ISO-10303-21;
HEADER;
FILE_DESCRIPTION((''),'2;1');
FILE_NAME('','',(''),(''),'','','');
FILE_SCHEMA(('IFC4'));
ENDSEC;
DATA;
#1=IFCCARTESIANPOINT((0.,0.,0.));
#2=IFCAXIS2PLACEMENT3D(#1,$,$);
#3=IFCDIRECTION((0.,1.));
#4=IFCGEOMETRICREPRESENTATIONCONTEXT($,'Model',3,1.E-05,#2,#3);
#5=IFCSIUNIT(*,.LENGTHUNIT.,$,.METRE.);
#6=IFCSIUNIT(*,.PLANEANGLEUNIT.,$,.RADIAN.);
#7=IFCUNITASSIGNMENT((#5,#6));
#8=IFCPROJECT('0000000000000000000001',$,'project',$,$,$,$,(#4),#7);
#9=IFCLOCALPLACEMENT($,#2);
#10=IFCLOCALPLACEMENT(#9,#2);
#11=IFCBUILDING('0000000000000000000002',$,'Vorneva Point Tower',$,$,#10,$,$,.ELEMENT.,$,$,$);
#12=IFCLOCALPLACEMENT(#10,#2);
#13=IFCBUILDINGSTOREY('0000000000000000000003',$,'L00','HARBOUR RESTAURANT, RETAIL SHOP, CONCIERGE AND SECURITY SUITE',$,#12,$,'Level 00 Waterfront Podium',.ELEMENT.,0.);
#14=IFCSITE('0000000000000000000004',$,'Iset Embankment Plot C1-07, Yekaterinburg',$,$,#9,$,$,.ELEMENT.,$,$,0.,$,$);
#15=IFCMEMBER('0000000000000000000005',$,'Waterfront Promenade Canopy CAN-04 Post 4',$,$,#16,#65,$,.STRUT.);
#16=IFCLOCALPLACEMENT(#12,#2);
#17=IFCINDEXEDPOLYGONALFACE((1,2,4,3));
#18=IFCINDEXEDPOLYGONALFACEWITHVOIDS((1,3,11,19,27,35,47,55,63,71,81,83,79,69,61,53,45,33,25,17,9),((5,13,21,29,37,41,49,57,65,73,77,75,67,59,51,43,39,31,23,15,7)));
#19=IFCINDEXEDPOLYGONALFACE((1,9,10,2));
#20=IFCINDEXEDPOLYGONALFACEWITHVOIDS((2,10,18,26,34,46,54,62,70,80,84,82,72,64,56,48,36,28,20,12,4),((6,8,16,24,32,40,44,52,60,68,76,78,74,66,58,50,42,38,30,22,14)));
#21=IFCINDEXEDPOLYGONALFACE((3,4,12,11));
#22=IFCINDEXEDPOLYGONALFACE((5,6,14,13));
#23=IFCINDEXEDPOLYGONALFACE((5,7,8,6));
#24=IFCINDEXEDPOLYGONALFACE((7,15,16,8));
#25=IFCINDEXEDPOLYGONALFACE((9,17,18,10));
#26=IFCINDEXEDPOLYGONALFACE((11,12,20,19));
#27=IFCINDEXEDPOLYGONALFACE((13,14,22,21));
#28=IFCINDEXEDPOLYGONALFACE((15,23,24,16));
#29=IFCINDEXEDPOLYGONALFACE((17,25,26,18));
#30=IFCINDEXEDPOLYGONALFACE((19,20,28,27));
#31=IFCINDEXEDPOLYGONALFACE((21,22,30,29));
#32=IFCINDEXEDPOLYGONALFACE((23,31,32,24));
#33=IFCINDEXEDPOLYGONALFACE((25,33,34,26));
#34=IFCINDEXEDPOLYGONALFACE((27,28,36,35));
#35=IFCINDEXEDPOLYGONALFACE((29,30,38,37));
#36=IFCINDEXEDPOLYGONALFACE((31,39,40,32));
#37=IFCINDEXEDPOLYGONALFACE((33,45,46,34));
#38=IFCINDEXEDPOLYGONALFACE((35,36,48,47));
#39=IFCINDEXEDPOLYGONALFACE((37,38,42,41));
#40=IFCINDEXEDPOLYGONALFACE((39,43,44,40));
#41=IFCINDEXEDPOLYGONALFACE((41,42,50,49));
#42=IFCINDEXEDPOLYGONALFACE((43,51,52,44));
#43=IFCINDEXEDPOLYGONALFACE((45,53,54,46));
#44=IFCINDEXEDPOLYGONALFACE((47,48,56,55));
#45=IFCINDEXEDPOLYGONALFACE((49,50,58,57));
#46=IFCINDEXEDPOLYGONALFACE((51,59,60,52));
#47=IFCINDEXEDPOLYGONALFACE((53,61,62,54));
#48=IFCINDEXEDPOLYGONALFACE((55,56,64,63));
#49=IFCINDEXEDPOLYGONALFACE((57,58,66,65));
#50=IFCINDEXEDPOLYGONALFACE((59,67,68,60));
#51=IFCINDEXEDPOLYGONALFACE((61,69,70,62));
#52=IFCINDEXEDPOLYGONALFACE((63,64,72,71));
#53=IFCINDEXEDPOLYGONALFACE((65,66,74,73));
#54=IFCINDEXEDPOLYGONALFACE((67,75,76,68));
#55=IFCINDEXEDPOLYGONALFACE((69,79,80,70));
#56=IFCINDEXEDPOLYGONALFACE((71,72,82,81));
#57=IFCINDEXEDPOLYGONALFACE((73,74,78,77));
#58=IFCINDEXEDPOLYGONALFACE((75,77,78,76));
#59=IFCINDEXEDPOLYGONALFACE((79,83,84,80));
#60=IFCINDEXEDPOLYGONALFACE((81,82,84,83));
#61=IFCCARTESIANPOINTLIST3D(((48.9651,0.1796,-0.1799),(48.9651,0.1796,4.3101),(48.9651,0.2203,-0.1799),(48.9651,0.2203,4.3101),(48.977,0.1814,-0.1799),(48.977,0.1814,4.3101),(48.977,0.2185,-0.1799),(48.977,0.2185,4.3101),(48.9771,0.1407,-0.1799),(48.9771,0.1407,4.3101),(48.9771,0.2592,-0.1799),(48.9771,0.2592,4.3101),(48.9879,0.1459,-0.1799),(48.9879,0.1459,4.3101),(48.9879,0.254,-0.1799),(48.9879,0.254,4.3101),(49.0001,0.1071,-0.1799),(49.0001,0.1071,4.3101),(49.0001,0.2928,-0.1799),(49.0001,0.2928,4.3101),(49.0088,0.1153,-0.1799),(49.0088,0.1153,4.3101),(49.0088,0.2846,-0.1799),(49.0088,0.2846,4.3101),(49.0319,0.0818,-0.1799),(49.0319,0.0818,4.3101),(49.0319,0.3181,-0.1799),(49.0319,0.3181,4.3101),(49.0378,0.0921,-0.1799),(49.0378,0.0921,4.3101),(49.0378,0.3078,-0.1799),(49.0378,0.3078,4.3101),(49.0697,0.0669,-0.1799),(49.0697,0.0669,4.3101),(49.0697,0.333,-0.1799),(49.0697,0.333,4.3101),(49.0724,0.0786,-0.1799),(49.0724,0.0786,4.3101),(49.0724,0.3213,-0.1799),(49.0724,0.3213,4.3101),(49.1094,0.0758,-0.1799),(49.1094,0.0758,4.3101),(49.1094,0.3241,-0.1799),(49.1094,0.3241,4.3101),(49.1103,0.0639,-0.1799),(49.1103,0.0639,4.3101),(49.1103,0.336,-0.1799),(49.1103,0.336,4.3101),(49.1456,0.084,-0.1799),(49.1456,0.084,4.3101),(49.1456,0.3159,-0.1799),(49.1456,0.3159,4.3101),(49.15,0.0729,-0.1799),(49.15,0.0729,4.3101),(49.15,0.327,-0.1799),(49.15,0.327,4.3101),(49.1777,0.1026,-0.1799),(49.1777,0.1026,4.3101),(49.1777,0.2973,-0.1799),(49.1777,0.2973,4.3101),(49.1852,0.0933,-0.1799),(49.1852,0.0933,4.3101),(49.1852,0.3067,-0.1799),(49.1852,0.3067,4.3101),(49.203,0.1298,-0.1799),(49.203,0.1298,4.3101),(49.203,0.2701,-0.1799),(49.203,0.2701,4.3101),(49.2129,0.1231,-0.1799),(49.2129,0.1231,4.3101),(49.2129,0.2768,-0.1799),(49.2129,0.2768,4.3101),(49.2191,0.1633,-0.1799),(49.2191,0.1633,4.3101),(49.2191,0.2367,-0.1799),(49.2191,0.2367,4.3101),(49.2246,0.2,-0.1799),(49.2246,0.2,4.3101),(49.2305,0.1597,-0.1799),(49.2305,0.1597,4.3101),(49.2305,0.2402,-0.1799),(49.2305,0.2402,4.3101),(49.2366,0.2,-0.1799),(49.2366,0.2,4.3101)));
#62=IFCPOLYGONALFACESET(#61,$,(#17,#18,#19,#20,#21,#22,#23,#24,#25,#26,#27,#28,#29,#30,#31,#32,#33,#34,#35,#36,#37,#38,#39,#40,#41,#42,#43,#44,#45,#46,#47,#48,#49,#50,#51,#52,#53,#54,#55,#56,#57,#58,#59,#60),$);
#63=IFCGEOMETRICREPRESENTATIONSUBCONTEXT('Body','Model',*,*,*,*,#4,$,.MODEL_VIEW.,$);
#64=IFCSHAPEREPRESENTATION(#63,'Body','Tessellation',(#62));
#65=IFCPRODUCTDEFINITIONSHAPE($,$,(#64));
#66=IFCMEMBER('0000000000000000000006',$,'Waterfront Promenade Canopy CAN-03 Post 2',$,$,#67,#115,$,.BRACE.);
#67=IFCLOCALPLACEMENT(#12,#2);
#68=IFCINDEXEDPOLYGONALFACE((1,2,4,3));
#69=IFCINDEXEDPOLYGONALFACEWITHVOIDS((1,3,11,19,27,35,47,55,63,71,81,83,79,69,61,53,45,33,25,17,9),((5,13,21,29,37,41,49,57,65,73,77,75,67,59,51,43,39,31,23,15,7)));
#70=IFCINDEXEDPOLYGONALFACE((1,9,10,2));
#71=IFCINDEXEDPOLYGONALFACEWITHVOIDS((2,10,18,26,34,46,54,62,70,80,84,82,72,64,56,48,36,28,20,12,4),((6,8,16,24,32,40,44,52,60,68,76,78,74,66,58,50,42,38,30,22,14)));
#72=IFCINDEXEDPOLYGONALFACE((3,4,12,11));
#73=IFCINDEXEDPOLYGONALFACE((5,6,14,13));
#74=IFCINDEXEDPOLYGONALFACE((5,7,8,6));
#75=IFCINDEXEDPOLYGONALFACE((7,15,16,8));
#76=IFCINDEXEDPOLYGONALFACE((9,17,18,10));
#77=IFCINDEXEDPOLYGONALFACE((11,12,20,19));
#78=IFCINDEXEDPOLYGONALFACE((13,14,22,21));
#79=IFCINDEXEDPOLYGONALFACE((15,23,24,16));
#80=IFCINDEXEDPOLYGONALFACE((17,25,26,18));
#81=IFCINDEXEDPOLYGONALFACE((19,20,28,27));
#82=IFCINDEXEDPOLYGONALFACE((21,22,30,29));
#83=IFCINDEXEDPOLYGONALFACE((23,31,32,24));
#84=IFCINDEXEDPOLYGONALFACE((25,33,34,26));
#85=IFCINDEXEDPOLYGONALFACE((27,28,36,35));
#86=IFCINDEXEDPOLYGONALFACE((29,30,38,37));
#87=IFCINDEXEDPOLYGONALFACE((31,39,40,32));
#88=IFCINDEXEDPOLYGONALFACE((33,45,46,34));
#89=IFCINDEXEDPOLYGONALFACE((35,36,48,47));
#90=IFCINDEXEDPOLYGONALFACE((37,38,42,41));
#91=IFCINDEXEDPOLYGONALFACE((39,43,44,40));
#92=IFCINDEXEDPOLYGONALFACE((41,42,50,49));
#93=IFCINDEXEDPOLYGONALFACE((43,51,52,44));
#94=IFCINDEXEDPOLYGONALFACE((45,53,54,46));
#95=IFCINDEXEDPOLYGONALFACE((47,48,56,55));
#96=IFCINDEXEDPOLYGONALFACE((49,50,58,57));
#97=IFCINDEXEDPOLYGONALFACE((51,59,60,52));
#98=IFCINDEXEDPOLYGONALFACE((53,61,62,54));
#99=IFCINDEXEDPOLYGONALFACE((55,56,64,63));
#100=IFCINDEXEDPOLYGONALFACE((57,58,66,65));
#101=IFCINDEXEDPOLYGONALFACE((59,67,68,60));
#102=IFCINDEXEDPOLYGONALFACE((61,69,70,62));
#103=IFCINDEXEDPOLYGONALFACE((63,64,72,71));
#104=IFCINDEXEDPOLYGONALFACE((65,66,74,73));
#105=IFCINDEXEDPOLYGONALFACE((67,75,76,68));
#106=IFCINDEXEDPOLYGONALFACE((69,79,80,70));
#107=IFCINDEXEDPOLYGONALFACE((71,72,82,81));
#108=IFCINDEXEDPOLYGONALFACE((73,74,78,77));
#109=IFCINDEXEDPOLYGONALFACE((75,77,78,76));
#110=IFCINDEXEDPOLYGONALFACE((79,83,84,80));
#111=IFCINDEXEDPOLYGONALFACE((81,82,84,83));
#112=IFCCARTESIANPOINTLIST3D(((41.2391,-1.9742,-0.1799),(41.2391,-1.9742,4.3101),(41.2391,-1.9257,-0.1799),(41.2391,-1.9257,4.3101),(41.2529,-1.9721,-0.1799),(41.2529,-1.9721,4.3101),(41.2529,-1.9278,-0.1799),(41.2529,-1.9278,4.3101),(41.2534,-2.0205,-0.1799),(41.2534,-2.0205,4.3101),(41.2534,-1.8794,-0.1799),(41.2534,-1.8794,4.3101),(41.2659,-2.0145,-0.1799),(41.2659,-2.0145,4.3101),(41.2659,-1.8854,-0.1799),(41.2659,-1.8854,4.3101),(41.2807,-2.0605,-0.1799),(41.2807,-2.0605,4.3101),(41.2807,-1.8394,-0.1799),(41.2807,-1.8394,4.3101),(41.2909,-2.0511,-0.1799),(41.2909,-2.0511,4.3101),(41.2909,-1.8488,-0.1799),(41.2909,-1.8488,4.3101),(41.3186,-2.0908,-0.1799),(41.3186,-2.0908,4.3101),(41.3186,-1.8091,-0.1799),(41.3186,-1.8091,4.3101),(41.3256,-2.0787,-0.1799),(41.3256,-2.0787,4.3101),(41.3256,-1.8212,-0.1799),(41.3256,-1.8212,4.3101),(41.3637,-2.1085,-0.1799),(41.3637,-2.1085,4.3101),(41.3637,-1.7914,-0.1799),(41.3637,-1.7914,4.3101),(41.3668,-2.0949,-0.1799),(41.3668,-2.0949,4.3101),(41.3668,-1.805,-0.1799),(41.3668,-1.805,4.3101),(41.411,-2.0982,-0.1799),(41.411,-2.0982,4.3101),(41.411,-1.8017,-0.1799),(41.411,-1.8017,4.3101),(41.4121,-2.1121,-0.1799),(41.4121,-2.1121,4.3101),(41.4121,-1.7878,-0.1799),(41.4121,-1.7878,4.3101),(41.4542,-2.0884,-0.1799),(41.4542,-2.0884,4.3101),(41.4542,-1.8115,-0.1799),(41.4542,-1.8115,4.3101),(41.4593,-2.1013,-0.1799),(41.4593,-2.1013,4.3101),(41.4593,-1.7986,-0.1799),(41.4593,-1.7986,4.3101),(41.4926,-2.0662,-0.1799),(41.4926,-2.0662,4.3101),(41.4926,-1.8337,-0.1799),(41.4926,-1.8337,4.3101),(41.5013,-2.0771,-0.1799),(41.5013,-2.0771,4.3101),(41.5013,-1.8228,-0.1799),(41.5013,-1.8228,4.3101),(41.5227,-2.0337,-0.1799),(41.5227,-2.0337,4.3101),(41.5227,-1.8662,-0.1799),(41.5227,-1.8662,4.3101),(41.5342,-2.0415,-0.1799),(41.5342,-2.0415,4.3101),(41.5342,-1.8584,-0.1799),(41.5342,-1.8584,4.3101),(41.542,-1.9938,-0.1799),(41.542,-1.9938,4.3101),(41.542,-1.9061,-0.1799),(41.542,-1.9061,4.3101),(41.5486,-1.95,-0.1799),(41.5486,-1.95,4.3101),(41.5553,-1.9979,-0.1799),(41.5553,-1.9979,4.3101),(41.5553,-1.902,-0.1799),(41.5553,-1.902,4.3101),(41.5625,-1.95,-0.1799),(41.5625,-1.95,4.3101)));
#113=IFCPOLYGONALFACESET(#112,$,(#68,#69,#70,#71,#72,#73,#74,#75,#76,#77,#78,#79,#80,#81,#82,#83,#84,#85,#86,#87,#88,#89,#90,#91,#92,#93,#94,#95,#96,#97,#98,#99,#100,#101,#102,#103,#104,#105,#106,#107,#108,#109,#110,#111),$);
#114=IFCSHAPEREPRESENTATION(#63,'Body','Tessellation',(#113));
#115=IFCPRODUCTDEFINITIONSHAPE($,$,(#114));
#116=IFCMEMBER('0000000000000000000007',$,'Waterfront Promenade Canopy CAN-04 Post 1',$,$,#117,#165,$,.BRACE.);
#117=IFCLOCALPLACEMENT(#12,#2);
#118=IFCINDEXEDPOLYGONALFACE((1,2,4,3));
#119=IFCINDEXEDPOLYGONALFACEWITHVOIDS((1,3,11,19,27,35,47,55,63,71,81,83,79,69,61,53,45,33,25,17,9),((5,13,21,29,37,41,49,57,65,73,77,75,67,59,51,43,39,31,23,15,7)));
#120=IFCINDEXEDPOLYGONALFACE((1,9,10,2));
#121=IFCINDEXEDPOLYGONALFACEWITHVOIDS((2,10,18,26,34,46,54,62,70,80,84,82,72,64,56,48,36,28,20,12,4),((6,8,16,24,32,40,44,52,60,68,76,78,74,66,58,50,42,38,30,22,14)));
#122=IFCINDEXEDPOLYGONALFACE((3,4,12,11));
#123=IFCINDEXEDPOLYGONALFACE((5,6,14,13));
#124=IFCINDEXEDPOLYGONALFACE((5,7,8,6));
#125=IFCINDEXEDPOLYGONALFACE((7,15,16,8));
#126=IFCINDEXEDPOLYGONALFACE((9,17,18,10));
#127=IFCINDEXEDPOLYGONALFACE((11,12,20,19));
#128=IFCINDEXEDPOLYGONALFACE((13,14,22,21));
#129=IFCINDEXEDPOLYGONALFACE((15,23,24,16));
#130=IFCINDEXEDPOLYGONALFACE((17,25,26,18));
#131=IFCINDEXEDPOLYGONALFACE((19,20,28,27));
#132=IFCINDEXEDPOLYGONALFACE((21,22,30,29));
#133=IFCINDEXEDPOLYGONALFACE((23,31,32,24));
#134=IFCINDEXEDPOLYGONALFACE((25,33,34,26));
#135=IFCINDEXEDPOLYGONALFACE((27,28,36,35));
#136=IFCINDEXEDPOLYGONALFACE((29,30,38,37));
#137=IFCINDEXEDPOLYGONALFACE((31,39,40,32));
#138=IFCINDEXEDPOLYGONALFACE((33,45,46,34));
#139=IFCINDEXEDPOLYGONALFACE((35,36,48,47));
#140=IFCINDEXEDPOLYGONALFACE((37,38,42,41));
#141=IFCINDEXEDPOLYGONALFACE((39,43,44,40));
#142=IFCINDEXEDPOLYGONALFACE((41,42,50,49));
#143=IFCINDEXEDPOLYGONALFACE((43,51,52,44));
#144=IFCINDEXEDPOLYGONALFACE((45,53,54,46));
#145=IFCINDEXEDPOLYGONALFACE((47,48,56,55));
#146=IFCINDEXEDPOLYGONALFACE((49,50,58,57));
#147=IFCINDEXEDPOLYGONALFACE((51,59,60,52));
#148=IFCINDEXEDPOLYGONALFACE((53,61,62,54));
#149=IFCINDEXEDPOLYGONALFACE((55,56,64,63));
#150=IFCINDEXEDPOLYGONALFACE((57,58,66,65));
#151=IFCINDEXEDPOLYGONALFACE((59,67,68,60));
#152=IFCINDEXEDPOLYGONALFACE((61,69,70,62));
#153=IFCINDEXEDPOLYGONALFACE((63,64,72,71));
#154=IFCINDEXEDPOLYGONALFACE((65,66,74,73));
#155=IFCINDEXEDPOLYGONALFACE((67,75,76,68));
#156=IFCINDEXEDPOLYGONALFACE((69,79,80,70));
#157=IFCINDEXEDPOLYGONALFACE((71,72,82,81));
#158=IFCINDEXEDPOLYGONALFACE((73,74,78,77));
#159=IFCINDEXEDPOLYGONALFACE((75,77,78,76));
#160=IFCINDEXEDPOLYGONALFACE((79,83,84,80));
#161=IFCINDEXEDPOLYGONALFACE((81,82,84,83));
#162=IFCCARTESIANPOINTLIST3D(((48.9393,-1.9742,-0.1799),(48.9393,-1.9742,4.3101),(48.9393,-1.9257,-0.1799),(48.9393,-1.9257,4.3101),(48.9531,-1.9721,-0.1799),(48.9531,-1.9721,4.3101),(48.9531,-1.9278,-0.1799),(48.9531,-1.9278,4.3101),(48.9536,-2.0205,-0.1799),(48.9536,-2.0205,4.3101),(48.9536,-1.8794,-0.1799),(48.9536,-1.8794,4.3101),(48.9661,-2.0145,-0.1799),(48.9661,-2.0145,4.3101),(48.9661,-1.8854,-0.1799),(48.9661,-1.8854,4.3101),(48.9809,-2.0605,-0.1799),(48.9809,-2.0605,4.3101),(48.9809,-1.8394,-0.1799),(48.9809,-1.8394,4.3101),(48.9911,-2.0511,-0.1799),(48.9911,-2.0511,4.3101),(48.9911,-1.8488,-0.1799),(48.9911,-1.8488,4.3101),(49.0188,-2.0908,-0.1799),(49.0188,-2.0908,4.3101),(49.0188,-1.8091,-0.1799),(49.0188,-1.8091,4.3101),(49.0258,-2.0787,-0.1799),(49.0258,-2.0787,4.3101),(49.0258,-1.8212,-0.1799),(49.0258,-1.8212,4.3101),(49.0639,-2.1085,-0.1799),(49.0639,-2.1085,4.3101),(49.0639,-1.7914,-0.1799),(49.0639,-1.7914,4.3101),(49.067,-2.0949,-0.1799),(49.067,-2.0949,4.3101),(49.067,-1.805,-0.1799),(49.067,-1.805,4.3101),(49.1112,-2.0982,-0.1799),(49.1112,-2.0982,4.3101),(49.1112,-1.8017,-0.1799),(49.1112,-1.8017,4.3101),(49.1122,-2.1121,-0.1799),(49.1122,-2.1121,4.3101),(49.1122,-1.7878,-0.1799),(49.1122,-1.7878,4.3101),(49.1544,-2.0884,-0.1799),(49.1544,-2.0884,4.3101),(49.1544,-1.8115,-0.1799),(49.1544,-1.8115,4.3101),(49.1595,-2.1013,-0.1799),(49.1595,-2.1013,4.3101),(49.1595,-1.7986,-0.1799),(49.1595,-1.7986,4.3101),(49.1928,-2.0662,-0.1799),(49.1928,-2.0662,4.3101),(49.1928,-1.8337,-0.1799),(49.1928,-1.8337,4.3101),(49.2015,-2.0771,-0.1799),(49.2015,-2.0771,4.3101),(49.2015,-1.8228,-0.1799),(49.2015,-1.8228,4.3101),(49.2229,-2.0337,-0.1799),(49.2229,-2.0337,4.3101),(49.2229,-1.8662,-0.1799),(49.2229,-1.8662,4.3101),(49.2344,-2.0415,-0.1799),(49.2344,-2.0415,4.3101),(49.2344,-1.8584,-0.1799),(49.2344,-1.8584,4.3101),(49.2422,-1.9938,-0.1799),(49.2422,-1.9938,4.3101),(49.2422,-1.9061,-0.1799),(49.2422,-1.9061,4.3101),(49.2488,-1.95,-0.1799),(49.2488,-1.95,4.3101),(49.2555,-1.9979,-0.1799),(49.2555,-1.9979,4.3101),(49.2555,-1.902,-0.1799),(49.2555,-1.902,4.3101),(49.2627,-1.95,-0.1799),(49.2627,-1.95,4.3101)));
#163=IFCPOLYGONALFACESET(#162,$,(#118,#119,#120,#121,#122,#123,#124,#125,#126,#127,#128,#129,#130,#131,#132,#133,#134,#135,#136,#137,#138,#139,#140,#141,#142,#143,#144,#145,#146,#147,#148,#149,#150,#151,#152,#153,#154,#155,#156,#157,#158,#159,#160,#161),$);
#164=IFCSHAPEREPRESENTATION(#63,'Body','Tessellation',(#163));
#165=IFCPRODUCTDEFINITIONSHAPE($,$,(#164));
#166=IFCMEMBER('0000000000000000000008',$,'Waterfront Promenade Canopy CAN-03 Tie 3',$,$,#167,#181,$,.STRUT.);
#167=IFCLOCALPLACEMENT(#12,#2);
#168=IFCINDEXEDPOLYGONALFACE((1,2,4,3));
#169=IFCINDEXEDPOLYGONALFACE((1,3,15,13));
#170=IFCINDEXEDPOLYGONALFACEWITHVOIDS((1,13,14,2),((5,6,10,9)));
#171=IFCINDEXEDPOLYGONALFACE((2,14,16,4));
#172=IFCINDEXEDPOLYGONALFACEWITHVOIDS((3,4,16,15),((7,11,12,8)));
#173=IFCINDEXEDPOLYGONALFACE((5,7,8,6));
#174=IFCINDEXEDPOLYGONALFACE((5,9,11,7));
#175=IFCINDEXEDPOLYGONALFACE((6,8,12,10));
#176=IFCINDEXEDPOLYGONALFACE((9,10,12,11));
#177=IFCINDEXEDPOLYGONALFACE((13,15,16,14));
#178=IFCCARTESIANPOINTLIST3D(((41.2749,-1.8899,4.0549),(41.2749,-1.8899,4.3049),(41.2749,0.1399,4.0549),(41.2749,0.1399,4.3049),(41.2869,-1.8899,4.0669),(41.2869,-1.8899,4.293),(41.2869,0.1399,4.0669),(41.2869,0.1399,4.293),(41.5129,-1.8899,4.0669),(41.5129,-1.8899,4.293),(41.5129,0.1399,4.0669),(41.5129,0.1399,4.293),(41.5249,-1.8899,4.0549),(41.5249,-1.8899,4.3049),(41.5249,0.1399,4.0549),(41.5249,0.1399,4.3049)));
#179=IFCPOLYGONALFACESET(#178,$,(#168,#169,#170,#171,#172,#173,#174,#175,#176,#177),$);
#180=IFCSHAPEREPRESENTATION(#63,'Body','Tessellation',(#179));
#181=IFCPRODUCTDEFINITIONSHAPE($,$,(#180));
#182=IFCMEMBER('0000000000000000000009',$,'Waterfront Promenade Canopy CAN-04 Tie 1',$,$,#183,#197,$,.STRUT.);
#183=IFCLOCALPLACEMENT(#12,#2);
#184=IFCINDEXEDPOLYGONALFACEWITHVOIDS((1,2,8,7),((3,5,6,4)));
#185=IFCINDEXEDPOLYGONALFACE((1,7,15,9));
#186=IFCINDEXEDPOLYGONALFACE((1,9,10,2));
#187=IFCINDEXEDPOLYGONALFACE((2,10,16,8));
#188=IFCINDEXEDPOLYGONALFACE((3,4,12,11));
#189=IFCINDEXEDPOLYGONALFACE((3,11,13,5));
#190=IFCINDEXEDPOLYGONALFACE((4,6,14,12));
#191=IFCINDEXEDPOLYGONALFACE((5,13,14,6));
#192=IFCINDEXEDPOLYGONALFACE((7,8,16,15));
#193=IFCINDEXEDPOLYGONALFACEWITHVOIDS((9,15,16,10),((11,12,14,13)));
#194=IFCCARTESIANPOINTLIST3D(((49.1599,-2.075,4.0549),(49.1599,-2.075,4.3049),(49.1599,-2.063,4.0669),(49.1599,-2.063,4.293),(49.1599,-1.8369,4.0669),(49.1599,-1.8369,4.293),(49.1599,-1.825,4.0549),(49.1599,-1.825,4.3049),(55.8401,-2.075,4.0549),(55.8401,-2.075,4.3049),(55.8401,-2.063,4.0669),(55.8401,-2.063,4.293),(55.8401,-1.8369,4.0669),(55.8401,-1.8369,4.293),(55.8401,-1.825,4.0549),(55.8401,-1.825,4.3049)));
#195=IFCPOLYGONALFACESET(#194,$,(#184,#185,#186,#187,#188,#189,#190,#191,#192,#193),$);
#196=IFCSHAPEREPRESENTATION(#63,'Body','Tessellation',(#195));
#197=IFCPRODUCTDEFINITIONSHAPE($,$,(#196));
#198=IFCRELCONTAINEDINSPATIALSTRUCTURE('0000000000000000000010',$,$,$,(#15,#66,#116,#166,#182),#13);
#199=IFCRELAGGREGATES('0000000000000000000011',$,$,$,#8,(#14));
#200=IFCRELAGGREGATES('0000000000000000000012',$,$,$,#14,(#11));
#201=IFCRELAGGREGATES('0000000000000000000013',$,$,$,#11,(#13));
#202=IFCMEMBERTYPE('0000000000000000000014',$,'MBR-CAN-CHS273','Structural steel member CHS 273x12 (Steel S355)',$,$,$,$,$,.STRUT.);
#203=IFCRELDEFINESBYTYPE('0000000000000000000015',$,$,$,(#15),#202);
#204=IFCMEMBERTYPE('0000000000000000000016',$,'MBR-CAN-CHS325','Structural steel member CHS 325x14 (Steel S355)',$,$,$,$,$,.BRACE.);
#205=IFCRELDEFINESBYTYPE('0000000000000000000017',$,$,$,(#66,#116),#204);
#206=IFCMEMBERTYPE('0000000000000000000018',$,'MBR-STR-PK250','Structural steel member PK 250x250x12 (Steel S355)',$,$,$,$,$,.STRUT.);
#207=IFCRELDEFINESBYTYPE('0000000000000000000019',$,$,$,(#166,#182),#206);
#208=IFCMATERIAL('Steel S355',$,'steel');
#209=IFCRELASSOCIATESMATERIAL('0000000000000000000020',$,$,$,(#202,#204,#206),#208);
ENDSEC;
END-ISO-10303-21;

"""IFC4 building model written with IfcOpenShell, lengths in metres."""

from ifc_helpers import new_model, si_unit, direction, frame, origin, origin_2d, place, context, subcontext, project, spatial, hollow_rectangle, hollow_circle, extrude, material, material_profile, profile_set, type_object, element, save


model = new_model("IFC4")

# Units and contexts
model_context = context("Model", 3, precision=1e-05, world=origin(), true_north=direction((0.0, 1.0)))
body_context = subcontext(model_context, "Body", "Model", "MODEL_VIEW")
ifc_project = project(units=[si_unit("LENGTHUNIT", "METRE"), si_unit("PLANEANGLEUNIT", "RADIAN")], contexts=[model_context])

# Site, building, storey
site_placement = place(None, origin())
site = spatial("IfcSite", under=ifc_project, at=site_placement, Name="Iset Embankment Plot C1-07, Yekaterinburg", CompositionType="ELEMENT", RefElevation=0.0)
building_placement = place(site_placement, origin())
building = spatial("IfcBuilding", under=site, at=building_placement, Name="Vorneva Point Tower", CompositionType="ELEMENT")
storey_placement = place(building_placement, origin())
storey = spatial("IfcBuildingStorey", under=building, at=storey_placement, Name="L00", Description="HARBOUR RESTAURANT, RETAIL SHOP, CONCIERGE AND SECURITY SUITE", LongName="Level 00 Waterfront Podium", CompositionType="ELEMENT", Elevation=0.0)

# Shared definitions
ifc_material_1 = material(Name="Steel S355", Category="steel")

# Members
ifc_material_profile_1 = material_profile(ifc_material_1, hollow_circle(Radius=0.1365, WallThickness=0.012, at=origin_2d()), Name="CHS 273x12")
ifc_profile_set_1 = profile_set([ifc_material_profile_1], Name="Steel S355")
member_type_1 = type_object("IfcMemberType", Name="MBR-CAN-CHS273", Description="Structural steel member CHS 273x12 (Steel S355)", PredefinedType="STRUT", material=ifc_profile_set_1)
for number, where, z_axis, x_axis, name in (
    (1, (49.1001, 0.2, -0.1799), (0.0, 0.0, 1.0), (1.0, 0.0, 0.0), "Waterfront Promenade Canopy CAN-04 Post 4"),
):
    element("IfcMember", number, at=place(storey_placement, frame(where, z_axis=z_axis, x_axis=x_axis)), inside=storey, type_object=member_type_1, Name=name, PredefinedType="STRUT", context=body_context, shape_type="SweptSolid", body=[
        extrude(hollow_circle(Radius=0.1365, WallThickness=0.012, at=origin_2d()), origin(), (0.0, 0.0, 1.0), 4.49),
    ])
ifc_material_profile_2 = material_profile(ifc_material_1, hollow_circle(Radius=0.1626, WallThickness=0.0139, at=origin_2d()), Name="CHS 325x14")
ifc_profile_set_2 = profile_set([ifc_material_profile_2], Name="Steel S355")
member_type_2 = type_object("IfcMemberType", Name="MBR-CAN-CHS325", Description="Structural steel member CHS 325x14 (Steel S355)", PredefinedType="BRACE", material=ifc_profile_set_2)
for number, where, z_axis, x_axis, name in (
    (2, (41.3999, -1.95, -0.1799), (0.0, 0.0, 1.0), (1.0, 0.0, 0.0), "Waterfront Promenade Canopy CAN-03 Post 2"),
    (3, (49.1001, -1.95, -0.1799), (0.0, 0.0, 1.0), (1.0, 0.0, 0.0), "Waterfront Promenade Canopy CAN-04 Post 1"),
):
    element("IfcMember", number, at=place(storey_placement, frame(where, z_axis=z_axis, x_axis=x_axis)), inside=storey, type_object=member_type_2, Name=name, PredefinedType="BRACE", context=body_context, shape_type="SweptSolid", body=[
        extrude(hollow_circle(Radius=0.1626, WallThickness=0.0139, at=origin_2d()), origin(), (0.0, 0.0, 1.0), 4.49),
    ])
ifc_material_profile_3 = material_profile(ifc_material_1, hollow_rectangle(XDim=0.25, YDim=0.25, WallThickness=0.012, at=origin_2d()), Name="PK 250x250x12")
ifc_profile_set_3 = profile_set([ifc_material_profile_3], Name="Steel S355")
member_type_3 = type_object("IfcMemberType", Name="MBR-STR-PK250", Description="Structural steel member PK 250x250x12 (Steel S355)", PredefinedType="STRUT", material=ifc_profile_set_3)
member_1_placement = place(storey_placement, frame((41.3999, -1.8899, 4.1799), z_axis=(0.0, 1.0, 0.0), x_axis=(-1.0, 0.0, 0.0)))
element("IfcMember", 4, at=member_1_placement, inside=storey, type_object=member_type_3, Name="Waterfront Promenade Canopy CAN-03 Tie 3", PredefinedType="STRUT", context=body_context, shape_type="SweptSolid", body=[
    extrude(hollow_rectangle(XDim=0.25, YDim=0.25, WallThickness=0.012, at=origin_2d()), origin(), (0.0, 0.0, 1.0), 2.0298),
])
member_2_placement = place(storey_placement, frame((49.1599, -1.95, 4.1799), z_axis=(1.0, 0.0, 0.0), x_axis=(0.0, 1.0, 0.0)))
element("IfcMember", 5, at=member_2_placement, inside=storey, type_object=member_type_3, Name="Waterfront Promenade Canopy CAN-04 Tie 1", PredefinedType="STRUT", context=body_context, shape_type="SweptSolid", body=[
    extrude(hollow_rectangle(XDim=0.25, YDim=0.25, WallThickness=0.012, at=origin_2d()), origin(), (0.0, 0.0, 1.0), 6.6802),
])

save(model, "model.ifc")
